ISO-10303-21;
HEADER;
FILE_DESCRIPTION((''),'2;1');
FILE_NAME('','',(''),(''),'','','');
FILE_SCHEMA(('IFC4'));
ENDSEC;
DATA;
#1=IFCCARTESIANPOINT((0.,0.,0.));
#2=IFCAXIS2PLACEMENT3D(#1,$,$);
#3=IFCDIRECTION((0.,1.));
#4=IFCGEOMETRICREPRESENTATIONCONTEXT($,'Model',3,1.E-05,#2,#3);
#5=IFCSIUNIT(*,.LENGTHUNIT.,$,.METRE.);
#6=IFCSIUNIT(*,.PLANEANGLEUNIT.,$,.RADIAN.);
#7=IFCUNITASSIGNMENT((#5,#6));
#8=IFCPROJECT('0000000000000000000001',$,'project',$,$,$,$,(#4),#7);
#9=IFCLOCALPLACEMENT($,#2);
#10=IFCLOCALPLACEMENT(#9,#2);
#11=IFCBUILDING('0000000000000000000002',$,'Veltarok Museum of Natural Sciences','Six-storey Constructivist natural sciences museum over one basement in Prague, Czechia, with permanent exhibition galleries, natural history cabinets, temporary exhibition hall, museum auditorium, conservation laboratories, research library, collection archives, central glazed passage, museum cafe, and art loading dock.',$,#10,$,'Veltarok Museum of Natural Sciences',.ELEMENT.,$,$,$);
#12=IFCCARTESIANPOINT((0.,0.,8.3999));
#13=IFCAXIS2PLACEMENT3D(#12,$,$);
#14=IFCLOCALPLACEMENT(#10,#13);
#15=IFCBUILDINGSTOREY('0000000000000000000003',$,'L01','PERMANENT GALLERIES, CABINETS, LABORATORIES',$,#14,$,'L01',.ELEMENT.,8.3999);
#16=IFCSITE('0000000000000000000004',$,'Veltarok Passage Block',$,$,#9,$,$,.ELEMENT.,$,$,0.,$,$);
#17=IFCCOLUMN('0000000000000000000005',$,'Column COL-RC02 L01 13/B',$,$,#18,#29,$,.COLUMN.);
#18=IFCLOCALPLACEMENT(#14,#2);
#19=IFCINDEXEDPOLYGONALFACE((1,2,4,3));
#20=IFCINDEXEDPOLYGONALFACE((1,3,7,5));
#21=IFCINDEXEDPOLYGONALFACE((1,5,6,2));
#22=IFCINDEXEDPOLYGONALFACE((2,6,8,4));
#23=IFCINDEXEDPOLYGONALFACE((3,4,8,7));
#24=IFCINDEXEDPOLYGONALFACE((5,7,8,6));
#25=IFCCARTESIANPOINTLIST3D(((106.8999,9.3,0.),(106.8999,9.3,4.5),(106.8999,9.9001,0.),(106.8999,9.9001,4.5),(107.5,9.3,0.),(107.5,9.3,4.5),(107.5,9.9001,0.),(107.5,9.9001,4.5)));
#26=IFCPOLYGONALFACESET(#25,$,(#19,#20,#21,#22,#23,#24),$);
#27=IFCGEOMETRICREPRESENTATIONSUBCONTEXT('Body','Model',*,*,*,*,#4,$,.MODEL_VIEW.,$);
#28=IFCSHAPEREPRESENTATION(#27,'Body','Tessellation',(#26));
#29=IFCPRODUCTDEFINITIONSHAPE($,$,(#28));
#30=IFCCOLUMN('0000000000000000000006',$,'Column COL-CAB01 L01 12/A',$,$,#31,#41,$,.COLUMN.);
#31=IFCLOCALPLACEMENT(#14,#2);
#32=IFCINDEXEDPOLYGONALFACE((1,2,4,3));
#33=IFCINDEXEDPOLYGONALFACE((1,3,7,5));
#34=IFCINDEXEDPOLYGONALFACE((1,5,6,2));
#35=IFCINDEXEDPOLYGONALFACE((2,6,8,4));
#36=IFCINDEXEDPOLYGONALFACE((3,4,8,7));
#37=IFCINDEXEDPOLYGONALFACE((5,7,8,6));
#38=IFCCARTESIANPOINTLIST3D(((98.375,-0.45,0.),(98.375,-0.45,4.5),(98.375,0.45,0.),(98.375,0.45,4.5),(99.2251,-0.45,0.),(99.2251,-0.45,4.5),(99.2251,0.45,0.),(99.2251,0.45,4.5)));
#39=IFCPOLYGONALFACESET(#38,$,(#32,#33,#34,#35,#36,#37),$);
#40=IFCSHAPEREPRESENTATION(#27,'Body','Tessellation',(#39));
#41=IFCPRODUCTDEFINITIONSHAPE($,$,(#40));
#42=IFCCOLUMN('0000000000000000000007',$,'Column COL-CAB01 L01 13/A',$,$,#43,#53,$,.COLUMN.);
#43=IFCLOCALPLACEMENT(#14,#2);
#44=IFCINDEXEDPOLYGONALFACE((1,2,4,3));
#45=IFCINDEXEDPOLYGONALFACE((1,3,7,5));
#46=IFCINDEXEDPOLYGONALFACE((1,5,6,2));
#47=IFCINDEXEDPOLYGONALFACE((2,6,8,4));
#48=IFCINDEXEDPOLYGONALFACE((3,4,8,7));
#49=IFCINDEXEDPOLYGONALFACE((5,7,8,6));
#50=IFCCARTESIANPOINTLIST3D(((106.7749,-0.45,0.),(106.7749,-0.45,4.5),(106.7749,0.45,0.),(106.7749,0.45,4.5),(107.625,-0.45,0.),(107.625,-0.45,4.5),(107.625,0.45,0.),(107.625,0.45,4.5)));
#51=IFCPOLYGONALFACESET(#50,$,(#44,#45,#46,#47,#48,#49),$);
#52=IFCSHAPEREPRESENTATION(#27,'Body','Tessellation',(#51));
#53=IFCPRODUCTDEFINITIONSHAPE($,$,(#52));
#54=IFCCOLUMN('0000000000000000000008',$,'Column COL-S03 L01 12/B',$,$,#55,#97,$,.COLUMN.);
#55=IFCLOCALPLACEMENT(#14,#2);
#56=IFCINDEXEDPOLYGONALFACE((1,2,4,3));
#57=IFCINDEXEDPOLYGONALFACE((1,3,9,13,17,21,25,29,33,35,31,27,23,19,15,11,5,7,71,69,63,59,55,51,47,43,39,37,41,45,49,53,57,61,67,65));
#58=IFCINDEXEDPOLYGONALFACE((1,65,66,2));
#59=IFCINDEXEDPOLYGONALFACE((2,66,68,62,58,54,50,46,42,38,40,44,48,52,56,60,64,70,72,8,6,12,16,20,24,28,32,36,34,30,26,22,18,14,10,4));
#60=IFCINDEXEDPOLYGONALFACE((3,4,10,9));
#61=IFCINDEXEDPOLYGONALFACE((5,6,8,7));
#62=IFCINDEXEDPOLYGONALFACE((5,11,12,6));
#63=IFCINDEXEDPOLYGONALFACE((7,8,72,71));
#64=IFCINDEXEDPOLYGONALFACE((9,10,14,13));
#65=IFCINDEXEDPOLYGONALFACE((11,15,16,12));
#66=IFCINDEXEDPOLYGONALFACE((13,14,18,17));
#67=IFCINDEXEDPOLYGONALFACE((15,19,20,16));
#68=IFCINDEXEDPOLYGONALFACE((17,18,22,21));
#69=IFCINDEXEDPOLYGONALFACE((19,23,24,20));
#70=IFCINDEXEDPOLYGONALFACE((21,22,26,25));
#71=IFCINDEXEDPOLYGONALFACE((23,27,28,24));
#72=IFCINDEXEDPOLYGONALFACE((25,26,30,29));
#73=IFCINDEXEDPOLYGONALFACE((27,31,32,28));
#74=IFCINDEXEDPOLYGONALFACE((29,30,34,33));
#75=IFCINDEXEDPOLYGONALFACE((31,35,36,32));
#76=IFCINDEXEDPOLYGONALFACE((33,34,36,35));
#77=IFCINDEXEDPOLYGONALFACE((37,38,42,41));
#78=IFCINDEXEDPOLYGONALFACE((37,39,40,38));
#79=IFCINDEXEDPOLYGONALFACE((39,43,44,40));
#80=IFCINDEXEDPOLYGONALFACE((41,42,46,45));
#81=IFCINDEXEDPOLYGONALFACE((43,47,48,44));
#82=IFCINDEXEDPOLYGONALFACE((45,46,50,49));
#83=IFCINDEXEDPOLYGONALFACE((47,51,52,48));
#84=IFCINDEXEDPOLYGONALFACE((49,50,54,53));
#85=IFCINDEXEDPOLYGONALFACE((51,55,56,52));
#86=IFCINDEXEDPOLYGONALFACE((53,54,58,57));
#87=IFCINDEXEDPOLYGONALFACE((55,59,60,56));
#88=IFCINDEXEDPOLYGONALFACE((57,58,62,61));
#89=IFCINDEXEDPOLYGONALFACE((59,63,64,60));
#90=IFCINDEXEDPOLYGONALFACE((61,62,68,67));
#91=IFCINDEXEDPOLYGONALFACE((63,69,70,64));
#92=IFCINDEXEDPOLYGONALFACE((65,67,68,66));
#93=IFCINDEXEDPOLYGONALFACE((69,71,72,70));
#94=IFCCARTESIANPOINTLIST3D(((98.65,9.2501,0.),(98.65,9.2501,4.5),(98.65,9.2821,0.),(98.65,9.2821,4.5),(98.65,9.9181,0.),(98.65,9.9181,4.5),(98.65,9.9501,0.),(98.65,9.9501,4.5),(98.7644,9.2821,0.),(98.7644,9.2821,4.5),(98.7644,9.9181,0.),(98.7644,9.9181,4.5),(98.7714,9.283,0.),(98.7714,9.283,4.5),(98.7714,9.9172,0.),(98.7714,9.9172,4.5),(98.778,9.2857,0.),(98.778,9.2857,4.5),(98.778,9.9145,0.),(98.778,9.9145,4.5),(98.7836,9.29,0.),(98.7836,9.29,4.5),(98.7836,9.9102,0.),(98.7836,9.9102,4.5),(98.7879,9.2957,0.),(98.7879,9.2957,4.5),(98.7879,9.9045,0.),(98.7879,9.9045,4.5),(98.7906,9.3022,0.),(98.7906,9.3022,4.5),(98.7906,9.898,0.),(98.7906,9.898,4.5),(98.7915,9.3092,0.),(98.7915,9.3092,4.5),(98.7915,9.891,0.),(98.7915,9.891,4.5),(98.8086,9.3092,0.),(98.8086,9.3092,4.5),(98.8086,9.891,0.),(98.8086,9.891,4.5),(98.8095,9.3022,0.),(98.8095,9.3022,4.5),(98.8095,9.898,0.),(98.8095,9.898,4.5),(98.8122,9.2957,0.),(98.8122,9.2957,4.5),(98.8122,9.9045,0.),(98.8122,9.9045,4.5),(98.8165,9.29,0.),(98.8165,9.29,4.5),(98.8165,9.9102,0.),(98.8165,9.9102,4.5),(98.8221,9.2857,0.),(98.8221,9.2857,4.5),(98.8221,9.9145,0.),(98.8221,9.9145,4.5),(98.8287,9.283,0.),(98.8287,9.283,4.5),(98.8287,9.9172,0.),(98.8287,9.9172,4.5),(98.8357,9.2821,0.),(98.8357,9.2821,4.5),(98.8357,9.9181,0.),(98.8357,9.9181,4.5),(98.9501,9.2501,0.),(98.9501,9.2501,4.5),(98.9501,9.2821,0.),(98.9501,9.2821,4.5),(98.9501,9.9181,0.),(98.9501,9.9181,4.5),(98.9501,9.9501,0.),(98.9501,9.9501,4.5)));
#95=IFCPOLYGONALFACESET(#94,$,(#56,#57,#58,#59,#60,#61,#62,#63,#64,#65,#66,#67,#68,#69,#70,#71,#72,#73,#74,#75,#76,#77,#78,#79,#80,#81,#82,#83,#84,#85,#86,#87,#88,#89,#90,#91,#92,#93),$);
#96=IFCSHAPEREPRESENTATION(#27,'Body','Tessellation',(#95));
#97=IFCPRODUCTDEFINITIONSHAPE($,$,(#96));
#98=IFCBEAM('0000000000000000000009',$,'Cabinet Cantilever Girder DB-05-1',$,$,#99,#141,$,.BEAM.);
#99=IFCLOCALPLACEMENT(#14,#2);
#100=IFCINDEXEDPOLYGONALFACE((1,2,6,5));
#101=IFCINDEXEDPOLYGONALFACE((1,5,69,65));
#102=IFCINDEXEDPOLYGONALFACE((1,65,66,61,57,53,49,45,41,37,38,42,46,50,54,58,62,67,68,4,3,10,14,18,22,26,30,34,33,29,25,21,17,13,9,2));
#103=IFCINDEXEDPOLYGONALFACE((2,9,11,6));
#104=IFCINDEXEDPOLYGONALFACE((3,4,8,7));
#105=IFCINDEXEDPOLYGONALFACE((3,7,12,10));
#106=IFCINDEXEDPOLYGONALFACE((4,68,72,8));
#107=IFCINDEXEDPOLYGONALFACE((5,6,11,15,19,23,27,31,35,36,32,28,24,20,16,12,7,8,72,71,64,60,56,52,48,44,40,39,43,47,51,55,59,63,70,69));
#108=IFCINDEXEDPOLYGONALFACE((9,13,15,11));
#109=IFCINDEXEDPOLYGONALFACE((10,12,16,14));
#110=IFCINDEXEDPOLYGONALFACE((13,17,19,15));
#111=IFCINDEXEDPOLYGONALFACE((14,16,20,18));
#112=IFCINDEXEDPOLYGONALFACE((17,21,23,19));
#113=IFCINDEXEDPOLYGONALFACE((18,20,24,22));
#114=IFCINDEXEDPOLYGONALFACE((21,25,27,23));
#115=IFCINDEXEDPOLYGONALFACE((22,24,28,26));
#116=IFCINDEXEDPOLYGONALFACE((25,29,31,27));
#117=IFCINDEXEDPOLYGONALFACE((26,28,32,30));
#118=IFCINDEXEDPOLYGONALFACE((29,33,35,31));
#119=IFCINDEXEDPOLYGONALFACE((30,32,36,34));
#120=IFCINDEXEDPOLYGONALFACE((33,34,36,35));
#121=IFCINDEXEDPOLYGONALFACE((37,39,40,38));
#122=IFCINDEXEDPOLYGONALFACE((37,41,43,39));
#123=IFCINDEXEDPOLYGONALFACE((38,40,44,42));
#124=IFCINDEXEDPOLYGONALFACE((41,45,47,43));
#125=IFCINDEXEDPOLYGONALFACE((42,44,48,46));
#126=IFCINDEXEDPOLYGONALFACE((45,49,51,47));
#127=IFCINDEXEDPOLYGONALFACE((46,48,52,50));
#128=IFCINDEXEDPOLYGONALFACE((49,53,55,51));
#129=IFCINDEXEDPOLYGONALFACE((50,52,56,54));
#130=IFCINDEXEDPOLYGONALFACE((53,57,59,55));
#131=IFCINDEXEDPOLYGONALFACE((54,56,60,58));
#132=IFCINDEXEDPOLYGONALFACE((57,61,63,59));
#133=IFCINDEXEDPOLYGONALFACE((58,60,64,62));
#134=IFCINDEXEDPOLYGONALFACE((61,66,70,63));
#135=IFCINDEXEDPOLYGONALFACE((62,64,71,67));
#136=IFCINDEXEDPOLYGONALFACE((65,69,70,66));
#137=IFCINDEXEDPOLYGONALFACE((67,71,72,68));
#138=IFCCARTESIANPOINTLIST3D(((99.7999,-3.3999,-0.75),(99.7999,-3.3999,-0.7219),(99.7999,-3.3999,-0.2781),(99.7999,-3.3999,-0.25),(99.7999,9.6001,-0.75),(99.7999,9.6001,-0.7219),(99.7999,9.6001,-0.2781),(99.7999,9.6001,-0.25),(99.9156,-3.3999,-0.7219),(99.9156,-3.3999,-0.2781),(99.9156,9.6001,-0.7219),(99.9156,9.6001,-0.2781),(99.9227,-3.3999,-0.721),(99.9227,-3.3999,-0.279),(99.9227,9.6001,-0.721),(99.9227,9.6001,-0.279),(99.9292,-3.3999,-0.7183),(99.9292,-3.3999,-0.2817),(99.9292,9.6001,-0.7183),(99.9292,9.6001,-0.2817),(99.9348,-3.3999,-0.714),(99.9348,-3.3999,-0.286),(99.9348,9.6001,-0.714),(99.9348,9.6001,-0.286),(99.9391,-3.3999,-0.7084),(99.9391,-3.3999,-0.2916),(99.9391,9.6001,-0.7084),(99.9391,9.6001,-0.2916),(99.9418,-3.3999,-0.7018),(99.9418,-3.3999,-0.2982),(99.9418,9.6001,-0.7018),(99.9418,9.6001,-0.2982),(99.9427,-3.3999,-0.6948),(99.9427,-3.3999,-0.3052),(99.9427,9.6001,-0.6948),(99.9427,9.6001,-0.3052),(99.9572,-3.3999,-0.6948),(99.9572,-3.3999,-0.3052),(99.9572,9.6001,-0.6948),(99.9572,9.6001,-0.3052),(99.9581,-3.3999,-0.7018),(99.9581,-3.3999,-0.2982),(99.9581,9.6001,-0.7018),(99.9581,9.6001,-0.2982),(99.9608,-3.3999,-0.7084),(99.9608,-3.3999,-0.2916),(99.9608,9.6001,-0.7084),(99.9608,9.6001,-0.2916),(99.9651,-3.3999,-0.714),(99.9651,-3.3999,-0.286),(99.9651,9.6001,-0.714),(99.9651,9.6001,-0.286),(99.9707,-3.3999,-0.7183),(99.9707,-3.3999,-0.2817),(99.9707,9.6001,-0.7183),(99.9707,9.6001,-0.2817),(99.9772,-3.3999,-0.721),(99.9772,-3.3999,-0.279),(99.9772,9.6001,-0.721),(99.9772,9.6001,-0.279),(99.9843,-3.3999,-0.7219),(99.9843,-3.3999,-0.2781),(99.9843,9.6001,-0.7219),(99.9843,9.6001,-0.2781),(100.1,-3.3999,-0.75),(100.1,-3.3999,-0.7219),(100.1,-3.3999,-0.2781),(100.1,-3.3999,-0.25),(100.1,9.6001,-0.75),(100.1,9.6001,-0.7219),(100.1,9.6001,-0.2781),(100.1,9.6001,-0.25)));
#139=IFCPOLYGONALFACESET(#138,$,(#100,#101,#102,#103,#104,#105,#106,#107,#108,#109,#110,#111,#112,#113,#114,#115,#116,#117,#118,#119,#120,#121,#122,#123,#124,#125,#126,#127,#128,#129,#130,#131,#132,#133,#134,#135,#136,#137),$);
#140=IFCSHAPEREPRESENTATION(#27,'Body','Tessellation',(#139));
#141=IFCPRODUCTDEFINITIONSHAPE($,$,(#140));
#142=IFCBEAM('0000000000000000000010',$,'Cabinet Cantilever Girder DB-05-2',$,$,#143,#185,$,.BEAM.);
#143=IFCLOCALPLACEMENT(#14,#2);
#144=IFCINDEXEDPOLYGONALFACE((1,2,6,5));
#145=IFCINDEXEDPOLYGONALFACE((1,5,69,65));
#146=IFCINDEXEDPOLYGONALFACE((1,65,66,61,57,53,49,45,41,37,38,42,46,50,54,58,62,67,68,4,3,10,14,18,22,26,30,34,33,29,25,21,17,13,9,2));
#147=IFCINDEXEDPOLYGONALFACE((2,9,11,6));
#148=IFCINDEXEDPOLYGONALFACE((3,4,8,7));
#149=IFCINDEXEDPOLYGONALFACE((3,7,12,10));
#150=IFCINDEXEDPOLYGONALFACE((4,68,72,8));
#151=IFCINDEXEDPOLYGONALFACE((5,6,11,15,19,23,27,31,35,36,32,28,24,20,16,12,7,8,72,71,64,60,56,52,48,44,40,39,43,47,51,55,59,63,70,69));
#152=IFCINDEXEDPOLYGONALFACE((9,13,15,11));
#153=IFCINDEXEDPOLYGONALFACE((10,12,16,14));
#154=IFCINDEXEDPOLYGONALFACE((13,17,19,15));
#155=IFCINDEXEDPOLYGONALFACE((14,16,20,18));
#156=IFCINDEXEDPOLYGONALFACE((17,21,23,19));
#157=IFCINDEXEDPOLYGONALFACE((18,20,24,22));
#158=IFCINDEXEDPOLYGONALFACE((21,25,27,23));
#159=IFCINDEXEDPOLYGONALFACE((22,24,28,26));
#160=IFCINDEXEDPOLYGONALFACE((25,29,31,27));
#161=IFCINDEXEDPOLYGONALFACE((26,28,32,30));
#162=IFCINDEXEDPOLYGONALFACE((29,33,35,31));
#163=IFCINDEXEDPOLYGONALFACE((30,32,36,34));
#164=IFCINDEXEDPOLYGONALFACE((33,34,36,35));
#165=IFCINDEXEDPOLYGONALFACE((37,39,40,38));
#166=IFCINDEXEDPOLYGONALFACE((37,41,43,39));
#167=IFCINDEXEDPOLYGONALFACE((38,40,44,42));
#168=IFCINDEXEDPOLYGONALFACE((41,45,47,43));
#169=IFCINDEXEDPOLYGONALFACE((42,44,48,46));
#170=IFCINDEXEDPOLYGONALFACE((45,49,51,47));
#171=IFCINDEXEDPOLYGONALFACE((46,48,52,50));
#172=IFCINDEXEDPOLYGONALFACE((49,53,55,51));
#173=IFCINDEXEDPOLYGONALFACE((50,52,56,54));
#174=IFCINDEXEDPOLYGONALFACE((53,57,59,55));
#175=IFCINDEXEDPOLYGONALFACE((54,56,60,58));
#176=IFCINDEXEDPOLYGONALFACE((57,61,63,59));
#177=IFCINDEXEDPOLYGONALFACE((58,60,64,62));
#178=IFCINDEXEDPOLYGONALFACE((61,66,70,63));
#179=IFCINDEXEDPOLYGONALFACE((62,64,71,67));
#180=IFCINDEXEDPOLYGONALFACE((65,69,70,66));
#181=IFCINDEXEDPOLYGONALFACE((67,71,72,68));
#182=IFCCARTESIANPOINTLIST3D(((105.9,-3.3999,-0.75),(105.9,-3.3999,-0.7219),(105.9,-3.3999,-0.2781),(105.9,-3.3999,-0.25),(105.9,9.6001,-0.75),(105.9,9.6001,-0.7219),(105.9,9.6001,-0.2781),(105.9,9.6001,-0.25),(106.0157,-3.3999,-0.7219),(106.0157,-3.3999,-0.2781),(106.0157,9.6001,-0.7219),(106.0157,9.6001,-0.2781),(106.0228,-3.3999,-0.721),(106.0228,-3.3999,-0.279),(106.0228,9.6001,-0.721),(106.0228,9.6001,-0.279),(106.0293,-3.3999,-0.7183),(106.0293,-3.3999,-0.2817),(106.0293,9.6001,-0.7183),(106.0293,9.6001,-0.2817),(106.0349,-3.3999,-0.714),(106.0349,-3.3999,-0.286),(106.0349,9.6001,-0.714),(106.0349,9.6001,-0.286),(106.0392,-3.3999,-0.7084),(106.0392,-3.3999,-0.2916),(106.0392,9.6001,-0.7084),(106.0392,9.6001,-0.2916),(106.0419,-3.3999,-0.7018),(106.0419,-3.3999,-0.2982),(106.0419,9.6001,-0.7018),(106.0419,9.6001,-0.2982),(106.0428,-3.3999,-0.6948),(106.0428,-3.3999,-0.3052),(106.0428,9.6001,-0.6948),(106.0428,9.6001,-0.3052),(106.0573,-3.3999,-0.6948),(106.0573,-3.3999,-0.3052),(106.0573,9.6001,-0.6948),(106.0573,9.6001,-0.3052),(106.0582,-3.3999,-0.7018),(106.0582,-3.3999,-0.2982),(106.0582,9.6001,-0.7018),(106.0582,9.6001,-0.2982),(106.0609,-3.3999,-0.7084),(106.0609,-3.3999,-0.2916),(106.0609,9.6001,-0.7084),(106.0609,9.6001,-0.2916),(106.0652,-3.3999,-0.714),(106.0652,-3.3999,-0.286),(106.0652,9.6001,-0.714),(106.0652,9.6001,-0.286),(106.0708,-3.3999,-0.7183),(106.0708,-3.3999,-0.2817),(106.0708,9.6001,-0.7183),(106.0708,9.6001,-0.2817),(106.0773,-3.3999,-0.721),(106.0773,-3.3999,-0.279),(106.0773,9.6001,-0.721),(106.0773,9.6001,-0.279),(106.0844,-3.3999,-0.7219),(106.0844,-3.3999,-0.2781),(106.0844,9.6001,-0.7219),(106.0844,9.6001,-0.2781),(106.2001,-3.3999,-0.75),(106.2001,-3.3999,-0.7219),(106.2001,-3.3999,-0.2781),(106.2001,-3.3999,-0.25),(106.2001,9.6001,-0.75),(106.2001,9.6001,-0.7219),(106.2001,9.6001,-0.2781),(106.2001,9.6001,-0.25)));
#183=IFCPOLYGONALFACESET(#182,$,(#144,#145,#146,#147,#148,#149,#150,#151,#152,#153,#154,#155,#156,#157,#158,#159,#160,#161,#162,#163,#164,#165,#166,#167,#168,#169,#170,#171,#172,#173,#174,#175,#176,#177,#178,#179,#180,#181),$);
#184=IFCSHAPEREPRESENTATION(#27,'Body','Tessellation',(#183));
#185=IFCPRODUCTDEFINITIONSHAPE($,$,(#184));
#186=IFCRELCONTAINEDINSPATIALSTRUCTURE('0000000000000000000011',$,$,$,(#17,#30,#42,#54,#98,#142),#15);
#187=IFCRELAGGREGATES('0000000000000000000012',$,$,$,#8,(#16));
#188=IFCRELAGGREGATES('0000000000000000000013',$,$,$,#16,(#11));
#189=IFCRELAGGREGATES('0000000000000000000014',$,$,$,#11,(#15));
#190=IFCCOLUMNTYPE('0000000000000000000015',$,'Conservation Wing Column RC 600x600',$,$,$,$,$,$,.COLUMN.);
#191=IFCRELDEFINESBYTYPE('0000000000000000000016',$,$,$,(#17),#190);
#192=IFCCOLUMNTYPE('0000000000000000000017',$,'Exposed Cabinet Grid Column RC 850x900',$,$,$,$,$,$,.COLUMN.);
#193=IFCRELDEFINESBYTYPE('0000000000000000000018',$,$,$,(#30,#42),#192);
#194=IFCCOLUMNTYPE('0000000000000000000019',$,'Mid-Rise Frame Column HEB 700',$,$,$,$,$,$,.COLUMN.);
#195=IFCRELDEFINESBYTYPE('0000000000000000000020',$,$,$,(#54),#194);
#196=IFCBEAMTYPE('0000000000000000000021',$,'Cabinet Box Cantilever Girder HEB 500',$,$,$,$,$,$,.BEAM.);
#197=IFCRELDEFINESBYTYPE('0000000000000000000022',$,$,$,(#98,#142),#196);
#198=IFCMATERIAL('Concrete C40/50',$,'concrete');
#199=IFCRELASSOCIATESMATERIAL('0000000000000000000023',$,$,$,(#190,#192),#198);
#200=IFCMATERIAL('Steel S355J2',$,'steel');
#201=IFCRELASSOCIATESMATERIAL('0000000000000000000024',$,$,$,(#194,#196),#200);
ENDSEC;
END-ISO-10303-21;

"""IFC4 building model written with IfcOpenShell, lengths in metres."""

from ifc_helpers import new_model, si_unit, direction, frame, origin, origin_2d, place, context, subcontext, project, spatial, rectangle, i_section, extrude, material, material_profile, profile_set, type_object, element, save


model = new_model("IFC4")

# Units and contexts
model_context = context("Model", 3, precision=1e-05, world=origin(), true_north=direction((0.0, 1.0)))
body_context = subcontext(model_context, "Body", "Model", "MODEL_VIEW")
ifc_project = project(units=[si_unit("LENGTHUNIT", "METRE"), si_unit("PLANEANGLEUNIT", "RADIAN")], contexts=[model_context])

# Site, building, storey
site_placement = place(None, origin())
site = spatial("IfcSite", under=ifc_project, at=site_placement, Name="Veltarok Passage Block", CompositionType="ELEMENT", RefElevation=0.0)
building_placement = place(site_placement, origin())
building = spatial("IfcBuilding", under=site, at=building_placement, Name="Veltarok Museum of Natural Sciences", Description="Six-storey Constructivist natural sciences museum over one basement in Prague, Czechia, with permanent exhibition galleries, natural history cabinets, temporary exhibition hall, museum auditorium, conservation laboratories, research library, collection archives, central glazed passage, museum cafe, and art loading dock.", LongName="Veltarok Museum of Natural Sciences", CompositionType="ELEMENT")
storey_placement = place(building_placement, frame((0.0, 0.0, 8.3999)))
storey = spatial("IfcBuildingStorey", under=building, at=storey_placement, Name="L01", Description="PERMANENT GALLERIES, CABINETS, LABORATORIES", LongName="L01", CompositionType="ELEMENT", Elevation=8.3999)

# Columns
ifc_material_1 = material(Name="Concrete C40/50", Category="concrete")
ifc_material_profile_1 = material_profile(ifc_material_1, rectangle(XDim=0.6001, YDim=0.6001, at=origin_2d()), Name="RC 600x600")
ifc_profile_set_1 = profile_set([ifc_material_profile_1], Name="Concrete C40/50")
column_type_1 = type_object("IfcColumnType", Name="Conservation Wing Column RC 600x600", PredefinedType="COLUMN", material=ifc_profile_set_1)
column_1_placement = place(storey_placement, frame((107.2, 9.6001, 0.0), z_axis=(0.0, 0.0, 1.0), x_axis=(0.0, 1.0, 0.0)))
element("IfcColumn", 1, at=column_1_placement, inside=storey, type_object=column_type_1, Name="Column COL-RC02 L01 13/B", PredefinedType="COLUMN", context=body_context, shape_type="SweptSolid", body=[
    extrude(rectangle(XDim=0.6001, YDim=0.6001, at=origin_2d()), origin(), (0.0, 0.0, 1.0), 4.5),
])
ifc_material_profile_2 = material_profile(ifc_material_1, rectangle(XDim=0.8501, YDim=0.8999, at=origin_2d()), Name="RC 850x900")
ifc_profile_set_2 = profile_set([ifc_material_profile_2], Name="Concrete C40/50")
column_type_2 = type_object("IfcColumnType", Name="Exposed Cabinet Grid Column RC 850x900", PredefinedType="COLUMN", material=ifc_profile_set_2)
for number, where, z_axis, x_axis, name in (
    (2, (98.8, 0.0, 0.0), (0.0, 0.0, 1.0), (1.0, 0.0, 0.0), "Column COL-CAB01 L01 12/A"),
    (3, (107.2, 0.0, 0.0), (0.0, 0.0, 1.0), (1.0, 0.0, 0.0), "Column COL-CAB01 L01 13/A"),
):
    element("IfcColumn", number, at=place(storey_placement, frame(where, z_axis=z_axis, x_axis=x_axis)), inside=storey, type_object=column_type_2, Name=name, PredefinedType="COLUMN", context=body_context, shape_type="SweptSolid", body=[
        extrude(rectangle(XDim=0.8501, YDim=0.8999, at=origin_2d()), origin(), (0.0, 0.0, 1.0), 4.5),
    ])
ifc_material_2 = material(Name="Steel S355J2", Category="steel")
ifc_material_profile_3 = material_profile(ifc_material_2, i_section(OverallWidth=0.3, OverallDepth=0.7, WebThickness=0.0171, FlangeThickness=0.032, FilletRadius=0.0271, at=origin_2d()), Name="HEB 700")
ifc_profile_set_3 = profile_set([ifc_material_profile_3], Name="Steel S355J2")
column_type_3 = type_object("IfcColumnType", Name="Mid-Rise Frame Column HEB 700", PredefinedType="COLUMN", material=ifc_profile_set_3)
column_2_placement = place(storey_placement, frame((98.8, 9.6001, 0.0), z_axis=(0.0, 0.0, 1.0), x_axis=(1.0, 0.0, 0.0)))
element("IfcColumn", 4, at=column_2_placement, inside=storey, type_object=column_type_3, Name="Column COL-S03 L01 12/B", PredefinedType="COLUMN", context=body_context, shape_type="SweptSolid", body=[
    extrude(i_section(OverallWidth=0.3, OverallDepth=0.7, WebThickness=0.0171, FlangeThickness=0.032, FilletRadius=0.0271, at=origin_2d()), origin(), (0.0, 0.0, 1.0), 4.5),
])

# Beams
ifc_material_profile_4 = material_profile(ifc_material_2, i_section(OverallWidth=0.3, OverallDepth=0.5, WebThickness=0.0144, FlangeThickness=0.0281, FilletRadius=0.0271, at=origin_2d()), Name="HEB 500")
ifc_profile_set_4 = profile_set([ifc_material_profile_4], Name="Steel S355J2")
beam_type_1 = type_object("IfcBeamType", Name="Cabinet Box Cantilever Girder HEB 500", PredefinedType="BEAM", material=ifc_profile_set_4)
for number, where, z_axis, x_axis, name in (
    (5, (99.95, -3.3999, -0.5), (0.0, 1.0, 0.0), (-1.0, 0.0, 0.0), "Cabinet Cantilever Girder DB-05-1"),
    (6, (106.05, -3.3999, -0.5), (0.0, 1.0, 0.0), (-1.0, 0.0, 0.0), "Cabinet Cantilever Girder DB-05-2"),
):
    element("IfcBeam", number, at=place(storey_placement, frame(where, z_axis=z_axis, x_axis=x_axis)), inside=storey, type_object=beam_type_1, Name=name, PredefinedType="BEAM", context=body_context, shape_type="SweptSolid", body=[
        extrude(i_section(OverallWidth=0.3, OverallDepth=0.5, WebThickness=0.0144, FlangeThickness=0.0281, FilletRadius=0.0271, at=origin_2d()), origin(), (0.0, 0.0, 1.0), 13.0),
    ])

save(model, "model.ifc")
